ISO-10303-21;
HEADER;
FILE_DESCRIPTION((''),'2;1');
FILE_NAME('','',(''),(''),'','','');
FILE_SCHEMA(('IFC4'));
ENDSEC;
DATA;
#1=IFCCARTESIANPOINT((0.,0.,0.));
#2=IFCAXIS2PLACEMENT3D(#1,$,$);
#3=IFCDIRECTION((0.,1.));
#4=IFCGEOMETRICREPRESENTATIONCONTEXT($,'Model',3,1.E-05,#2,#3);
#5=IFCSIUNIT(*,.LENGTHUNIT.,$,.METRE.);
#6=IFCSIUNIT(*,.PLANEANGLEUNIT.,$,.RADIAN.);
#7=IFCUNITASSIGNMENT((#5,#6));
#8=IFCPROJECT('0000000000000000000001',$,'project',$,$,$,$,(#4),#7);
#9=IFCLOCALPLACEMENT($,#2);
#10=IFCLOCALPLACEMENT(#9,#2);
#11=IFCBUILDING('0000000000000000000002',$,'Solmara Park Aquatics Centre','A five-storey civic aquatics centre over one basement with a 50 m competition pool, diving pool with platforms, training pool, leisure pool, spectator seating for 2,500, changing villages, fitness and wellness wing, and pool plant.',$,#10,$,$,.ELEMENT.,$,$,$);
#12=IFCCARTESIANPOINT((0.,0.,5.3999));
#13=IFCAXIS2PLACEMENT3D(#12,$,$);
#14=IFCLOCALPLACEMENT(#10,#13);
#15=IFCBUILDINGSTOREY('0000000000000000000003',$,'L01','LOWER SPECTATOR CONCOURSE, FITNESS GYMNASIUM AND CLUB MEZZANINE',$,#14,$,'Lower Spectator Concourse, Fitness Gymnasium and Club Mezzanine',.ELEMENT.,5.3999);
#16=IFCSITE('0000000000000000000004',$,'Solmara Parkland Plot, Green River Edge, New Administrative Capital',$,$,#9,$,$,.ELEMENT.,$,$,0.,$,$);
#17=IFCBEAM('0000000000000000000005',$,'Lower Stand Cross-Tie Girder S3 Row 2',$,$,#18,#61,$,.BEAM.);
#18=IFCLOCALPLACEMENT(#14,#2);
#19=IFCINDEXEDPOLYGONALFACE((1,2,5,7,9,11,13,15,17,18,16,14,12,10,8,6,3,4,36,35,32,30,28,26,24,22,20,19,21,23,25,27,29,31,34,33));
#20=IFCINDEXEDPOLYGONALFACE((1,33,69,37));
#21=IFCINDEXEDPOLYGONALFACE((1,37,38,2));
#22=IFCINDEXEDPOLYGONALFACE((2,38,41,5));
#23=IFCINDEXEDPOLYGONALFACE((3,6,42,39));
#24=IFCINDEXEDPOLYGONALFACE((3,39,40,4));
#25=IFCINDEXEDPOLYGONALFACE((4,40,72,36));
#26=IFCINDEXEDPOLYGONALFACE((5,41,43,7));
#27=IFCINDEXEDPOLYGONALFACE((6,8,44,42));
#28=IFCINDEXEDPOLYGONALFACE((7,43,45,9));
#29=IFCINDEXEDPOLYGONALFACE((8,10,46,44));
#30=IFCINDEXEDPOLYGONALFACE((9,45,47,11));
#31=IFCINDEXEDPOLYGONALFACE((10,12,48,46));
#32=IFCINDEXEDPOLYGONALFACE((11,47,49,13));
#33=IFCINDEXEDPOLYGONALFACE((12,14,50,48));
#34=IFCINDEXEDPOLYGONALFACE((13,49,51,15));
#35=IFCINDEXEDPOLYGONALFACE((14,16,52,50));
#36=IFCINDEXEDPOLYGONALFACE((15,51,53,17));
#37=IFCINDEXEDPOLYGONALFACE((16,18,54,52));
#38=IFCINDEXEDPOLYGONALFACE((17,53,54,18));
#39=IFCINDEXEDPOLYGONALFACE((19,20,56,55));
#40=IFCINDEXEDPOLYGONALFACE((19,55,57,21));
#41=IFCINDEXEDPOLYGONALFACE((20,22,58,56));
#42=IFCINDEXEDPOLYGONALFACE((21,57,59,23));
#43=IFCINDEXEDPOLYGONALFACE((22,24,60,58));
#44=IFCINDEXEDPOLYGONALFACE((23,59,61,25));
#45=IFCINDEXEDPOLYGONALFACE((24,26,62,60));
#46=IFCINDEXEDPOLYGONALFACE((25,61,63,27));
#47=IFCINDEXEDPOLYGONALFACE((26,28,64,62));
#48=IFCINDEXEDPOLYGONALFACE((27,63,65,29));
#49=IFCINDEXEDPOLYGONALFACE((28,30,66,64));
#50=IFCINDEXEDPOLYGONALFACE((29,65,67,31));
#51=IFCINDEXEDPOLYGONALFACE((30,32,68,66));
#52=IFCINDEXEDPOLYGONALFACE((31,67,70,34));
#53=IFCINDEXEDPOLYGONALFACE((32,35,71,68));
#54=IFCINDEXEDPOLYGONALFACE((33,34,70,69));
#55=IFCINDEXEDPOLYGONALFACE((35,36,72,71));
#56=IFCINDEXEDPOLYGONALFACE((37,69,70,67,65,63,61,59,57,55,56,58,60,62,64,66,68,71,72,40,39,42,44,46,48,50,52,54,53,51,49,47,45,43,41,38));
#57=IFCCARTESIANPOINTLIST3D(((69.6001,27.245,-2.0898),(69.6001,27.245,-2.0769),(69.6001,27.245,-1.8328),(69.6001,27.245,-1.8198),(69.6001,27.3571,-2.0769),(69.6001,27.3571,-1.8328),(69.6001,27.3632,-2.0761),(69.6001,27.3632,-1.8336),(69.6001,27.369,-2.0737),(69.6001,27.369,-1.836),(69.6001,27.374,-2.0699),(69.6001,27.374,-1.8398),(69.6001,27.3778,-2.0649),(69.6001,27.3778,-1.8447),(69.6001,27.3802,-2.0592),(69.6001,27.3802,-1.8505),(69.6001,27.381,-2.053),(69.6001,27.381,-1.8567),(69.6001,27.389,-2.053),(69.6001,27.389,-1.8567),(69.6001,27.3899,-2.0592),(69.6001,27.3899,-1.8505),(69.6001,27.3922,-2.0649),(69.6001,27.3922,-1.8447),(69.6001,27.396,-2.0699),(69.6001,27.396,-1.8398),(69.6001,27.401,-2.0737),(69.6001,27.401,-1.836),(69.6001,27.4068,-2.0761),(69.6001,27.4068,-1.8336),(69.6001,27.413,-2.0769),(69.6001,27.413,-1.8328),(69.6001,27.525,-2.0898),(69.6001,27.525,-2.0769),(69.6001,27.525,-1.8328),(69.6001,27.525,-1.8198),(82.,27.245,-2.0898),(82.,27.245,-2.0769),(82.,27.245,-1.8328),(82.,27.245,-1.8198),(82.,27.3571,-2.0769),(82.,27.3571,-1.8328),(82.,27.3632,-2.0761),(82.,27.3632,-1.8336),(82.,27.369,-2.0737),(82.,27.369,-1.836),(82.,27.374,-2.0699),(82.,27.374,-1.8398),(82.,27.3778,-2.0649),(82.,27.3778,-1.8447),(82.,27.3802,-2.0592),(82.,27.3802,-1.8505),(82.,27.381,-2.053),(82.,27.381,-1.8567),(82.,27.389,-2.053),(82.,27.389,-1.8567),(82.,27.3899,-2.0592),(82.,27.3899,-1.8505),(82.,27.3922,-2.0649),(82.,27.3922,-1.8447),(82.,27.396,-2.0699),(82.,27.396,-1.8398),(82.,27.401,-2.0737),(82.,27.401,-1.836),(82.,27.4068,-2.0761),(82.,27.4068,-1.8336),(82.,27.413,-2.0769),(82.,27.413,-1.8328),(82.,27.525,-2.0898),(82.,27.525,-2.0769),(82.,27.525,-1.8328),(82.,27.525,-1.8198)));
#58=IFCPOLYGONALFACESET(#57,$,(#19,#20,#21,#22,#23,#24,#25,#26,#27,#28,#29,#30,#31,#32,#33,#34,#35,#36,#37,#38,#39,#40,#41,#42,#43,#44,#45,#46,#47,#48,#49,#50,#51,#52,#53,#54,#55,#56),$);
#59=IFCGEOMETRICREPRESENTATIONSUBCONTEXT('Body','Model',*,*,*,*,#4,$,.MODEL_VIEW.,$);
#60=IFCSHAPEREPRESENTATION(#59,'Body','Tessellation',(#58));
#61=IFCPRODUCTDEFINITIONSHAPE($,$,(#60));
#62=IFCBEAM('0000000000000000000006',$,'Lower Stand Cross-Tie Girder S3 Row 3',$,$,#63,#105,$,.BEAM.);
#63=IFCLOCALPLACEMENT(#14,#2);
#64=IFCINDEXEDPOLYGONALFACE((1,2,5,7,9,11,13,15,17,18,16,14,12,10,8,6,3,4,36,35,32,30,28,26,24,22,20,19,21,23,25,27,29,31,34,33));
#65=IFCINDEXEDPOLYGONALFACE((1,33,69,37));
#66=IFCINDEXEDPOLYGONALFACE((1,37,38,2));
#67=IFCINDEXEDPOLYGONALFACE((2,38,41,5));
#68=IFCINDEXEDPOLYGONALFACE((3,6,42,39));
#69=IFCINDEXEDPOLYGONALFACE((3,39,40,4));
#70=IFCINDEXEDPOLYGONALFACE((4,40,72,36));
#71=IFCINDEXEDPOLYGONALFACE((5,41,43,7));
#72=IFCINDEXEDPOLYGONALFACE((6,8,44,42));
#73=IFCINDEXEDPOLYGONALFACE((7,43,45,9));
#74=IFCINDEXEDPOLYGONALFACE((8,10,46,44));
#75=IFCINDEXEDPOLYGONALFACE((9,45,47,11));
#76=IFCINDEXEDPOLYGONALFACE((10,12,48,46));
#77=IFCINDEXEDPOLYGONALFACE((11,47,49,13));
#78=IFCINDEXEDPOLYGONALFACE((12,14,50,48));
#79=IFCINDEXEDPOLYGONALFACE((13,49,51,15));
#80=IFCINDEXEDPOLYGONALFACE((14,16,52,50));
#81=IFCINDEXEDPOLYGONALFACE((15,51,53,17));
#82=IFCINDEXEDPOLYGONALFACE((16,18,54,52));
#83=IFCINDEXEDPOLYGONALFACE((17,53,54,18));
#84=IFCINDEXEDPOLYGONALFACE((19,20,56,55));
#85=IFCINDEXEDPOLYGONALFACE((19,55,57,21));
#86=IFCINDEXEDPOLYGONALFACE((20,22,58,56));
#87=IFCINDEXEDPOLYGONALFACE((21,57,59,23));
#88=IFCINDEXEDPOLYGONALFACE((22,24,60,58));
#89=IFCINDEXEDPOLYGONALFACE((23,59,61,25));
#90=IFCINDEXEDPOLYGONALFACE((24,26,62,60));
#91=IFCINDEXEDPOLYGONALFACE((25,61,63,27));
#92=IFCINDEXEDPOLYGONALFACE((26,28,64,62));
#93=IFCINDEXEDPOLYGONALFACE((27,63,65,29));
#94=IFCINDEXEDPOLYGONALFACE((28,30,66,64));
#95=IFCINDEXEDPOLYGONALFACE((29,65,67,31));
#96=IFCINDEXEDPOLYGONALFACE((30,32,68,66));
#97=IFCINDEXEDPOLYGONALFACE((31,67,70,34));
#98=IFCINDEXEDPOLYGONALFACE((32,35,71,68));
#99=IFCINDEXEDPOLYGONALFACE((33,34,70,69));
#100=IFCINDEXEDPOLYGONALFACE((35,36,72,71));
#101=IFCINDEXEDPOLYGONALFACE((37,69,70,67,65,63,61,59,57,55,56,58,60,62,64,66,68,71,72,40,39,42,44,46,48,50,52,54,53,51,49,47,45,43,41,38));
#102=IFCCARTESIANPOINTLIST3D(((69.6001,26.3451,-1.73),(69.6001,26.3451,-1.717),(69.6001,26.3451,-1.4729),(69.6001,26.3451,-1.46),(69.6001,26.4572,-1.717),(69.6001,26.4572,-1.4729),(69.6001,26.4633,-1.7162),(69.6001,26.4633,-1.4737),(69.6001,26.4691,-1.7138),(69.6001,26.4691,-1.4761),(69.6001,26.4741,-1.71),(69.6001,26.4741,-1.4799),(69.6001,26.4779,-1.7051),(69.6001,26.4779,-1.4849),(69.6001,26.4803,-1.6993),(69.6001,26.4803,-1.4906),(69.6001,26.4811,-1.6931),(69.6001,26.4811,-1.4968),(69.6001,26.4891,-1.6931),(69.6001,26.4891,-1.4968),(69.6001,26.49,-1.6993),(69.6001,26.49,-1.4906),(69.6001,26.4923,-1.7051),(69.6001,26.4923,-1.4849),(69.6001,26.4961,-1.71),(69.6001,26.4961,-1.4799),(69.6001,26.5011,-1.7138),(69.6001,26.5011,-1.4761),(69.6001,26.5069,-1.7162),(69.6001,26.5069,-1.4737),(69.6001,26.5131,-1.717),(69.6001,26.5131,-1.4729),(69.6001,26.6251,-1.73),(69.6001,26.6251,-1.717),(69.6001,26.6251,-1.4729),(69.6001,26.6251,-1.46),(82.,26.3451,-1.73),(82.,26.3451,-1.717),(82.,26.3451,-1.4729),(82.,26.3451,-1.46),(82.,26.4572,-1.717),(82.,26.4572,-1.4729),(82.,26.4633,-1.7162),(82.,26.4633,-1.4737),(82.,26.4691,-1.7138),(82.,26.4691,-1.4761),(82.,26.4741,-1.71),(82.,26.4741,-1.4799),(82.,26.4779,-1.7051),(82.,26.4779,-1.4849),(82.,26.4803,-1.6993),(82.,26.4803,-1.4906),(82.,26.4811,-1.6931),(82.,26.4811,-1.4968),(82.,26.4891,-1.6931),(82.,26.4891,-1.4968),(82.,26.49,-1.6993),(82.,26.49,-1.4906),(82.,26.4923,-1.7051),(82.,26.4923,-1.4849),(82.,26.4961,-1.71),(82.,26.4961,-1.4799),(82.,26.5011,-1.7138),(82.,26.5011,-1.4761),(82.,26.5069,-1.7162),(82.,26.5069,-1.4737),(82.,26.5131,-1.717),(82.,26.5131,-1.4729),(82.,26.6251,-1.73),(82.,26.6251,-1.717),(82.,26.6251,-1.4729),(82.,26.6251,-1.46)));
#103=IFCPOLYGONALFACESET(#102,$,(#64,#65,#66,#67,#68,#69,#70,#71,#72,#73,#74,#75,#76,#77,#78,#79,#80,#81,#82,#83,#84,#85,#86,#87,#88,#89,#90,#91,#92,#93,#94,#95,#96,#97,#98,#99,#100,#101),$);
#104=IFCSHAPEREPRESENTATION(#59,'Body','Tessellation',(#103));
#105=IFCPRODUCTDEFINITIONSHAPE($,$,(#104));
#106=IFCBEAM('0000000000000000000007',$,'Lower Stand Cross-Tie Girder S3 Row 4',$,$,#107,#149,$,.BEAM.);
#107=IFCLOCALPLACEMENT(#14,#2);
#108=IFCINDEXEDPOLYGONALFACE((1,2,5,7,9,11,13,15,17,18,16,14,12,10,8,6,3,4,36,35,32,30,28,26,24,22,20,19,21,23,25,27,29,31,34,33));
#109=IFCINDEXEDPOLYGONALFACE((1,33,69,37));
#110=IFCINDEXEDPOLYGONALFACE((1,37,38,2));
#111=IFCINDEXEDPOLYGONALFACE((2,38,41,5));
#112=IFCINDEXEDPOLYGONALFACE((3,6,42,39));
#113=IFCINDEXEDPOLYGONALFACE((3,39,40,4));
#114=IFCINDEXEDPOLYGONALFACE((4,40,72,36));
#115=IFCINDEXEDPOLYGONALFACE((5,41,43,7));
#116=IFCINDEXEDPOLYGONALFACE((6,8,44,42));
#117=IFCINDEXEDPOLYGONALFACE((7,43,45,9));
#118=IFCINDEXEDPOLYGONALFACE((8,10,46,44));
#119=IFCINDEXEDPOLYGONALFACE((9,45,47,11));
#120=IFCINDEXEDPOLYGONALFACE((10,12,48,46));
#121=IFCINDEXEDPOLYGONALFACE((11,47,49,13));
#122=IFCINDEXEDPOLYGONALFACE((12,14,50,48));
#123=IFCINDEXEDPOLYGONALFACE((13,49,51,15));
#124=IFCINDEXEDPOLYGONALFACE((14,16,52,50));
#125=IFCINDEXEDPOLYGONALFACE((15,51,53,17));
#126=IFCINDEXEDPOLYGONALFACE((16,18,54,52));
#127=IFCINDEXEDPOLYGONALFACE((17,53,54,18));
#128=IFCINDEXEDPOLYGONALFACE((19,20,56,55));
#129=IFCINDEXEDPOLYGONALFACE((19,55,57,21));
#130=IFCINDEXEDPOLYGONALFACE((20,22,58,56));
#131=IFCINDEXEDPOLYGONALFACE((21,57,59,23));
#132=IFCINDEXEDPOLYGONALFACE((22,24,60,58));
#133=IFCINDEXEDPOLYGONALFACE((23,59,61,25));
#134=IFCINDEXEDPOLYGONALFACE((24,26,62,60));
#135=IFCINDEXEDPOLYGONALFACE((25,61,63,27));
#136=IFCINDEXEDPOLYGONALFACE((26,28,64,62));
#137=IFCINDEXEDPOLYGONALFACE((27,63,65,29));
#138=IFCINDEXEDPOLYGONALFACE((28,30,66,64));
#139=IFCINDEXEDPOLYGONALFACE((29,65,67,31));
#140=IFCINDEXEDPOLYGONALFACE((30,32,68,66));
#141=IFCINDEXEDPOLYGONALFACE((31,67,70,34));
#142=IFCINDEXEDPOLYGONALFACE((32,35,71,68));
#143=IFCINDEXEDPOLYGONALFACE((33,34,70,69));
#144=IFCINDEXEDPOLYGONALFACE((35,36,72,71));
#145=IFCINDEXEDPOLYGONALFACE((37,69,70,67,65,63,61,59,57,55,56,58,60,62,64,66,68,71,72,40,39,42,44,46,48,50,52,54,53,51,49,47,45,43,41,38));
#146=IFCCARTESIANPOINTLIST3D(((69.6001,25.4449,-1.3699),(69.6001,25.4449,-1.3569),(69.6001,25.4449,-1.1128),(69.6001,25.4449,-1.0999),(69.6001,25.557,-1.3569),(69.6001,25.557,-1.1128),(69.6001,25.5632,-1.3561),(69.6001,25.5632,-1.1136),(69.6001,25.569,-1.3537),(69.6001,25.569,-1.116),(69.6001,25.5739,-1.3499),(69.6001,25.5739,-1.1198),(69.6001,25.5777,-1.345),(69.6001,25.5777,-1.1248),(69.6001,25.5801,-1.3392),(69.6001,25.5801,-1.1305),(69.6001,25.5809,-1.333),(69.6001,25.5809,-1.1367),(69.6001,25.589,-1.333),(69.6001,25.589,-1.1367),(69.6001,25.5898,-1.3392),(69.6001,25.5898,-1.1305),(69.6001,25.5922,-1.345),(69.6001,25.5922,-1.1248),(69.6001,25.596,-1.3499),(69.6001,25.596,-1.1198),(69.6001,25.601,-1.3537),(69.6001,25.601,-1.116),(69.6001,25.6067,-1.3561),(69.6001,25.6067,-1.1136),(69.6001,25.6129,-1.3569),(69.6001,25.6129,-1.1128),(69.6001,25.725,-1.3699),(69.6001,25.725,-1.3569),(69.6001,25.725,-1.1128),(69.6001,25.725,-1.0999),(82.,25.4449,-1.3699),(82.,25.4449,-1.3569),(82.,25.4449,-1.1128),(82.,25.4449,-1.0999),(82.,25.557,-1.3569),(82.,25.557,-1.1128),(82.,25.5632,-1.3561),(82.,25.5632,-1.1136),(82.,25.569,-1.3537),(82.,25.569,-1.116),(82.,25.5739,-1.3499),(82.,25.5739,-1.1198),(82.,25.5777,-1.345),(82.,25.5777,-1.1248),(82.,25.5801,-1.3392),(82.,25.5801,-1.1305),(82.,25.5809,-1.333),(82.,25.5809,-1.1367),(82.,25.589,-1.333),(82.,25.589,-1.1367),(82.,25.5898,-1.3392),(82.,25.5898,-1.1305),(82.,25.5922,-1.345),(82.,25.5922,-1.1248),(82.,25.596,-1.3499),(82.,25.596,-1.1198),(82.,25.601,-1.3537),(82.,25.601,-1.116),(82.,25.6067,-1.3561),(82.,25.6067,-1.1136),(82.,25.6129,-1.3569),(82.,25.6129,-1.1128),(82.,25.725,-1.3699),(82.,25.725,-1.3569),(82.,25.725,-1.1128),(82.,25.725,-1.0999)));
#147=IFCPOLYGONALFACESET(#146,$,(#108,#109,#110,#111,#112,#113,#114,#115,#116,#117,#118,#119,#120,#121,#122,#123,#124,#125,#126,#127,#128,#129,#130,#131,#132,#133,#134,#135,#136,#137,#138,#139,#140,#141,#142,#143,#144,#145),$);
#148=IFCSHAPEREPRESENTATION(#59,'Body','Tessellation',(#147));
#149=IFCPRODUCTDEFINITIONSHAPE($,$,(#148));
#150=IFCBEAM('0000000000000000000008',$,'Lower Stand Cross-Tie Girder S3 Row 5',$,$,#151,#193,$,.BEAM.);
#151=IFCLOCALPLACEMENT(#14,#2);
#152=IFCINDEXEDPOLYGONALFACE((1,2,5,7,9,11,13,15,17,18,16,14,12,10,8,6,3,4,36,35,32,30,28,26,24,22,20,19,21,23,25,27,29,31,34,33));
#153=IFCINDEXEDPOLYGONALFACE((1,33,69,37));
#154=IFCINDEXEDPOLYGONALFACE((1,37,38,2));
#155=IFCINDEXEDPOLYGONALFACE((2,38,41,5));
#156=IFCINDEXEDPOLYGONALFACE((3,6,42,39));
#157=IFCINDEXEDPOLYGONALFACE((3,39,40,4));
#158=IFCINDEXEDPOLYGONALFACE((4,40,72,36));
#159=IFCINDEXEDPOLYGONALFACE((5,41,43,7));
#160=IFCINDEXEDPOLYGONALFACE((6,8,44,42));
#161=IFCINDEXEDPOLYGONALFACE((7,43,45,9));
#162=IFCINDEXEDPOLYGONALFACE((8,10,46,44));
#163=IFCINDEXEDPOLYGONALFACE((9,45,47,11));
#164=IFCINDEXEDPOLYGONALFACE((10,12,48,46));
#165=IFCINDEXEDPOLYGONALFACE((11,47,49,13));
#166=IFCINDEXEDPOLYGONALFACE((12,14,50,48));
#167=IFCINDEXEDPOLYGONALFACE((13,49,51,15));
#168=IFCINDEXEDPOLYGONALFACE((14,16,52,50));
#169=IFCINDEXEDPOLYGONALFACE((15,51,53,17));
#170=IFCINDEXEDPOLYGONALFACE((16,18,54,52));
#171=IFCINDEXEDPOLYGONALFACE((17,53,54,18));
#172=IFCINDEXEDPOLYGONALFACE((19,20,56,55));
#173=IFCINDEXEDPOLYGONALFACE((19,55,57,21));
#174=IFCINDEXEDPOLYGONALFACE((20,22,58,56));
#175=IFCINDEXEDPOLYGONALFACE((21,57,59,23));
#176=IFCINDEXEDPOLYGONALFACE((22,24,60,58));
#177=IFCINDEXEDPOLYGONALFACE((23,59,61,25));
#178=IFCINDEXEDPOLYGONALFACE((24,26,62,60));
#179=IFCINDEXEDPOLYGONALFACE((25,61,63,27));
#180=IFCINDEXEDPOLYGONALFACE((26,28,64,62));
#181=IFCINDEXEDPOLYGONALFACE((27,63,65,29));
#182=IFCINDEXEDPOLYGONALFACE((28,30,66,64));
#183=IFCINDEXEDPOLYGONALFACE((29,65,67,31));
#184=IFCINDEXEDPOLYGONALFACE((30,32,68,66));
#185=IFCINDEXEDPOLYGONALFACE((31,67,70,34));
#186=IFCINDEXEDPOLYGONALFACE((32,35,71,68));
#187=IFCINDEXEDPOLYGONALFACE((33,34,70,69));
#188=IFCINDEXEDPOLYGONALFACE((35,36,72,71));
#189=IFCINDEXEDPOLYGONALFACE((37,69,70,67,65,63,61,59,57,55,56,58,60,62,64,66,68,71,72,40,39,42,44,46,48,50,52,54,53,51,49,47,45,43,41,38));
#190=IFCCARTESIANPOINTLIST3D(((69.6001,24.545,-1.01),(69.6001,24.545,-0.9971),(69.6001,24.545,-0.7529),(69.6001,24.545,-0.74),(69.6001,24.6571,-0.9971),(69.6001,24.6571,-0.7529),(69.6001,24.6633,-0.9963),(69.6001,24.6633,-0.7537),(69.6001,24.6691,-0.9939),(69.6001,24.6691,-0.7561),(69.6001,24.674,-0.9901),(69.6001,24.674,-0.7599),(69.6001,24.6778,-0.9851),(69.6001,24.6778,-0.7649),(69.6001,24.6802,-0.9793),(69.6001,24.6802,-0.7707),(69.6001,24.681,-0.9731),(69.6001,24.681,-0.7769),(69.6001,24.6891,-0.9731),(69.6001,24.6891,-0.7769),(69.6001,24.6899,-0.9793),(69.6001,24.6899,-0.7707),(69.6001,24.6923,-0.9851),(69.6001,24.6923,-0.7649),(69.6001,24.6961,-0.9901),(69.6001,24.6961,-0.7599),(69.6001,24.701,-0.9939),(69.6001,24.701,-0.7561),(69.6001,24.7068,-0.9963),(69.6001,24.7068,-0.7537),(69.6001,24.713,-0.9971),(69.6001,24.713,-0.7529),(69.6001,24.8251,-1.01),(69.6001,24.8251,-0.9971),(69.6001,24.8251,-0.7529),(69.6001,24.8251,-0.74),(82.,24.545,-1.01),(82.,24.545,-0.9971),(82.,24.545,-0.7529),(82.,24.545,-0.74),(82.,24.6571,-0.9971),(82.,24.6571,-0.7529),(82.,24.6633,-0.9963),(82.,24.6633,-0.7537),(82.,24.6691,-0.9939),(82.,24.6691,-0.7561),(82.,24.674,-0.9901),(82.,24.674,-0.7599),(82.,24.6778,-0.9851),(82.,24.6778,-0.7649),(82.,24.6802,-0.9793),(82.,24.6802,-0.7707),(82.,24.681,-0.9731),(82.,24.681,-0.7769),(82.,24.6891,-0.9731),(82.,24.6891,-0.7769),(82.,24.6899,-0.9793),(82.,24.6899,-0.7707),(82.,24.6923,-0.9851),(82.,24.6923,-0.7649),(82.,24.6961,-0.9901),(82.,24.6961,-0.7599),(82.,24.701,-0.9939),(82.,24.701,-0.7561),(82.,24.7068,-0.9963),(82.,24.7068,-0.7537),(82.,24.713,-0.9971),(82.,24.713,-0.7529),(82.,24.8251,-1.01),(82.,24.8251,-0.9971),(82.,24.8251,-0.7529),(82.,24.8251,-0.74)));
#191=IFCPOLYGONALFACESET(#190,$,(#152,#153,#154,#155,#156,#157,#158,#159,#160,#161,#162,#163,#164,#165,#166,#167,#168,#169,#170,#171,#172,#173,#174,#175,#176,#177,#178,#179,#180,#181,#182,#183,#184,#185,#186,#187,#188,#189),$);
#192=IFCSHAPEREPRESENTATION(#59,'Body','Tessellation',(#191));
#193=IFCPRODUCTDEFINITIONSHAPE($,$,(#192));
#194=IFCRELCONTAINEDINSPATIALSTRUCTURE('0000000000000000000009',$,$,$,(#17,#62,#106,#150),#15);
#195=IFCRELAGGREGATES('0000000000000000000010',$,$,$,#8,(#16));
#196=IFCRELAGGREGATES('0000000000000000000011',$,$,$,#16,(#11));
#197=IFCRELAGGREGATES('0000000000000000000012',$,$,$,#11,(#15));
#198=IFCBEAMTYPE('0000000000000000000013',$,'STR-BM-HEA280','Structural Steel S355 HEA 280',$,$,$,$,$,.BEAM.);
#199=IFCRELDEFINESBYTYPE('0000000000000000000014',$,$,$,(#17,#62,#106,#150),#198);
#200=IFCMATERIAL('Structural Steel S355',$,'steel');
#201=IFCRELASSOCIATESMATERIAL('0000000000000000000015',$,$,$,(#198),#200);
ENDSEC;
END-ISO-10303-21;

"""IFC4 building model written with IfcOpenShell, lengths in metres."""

from ifc_helpers import new_model, si_unit, direction, frame, origin, origin_2d, place, context, subcontext, project, spatial, i_section, extrude, material, material_profile, profile_set, type_object, element, save


model = new_model("IFC4")

# Units and contexts
model_context = context("Model", 3, precision=1e-05, world=origin(), true_north=direction((0.0, 1.0)))
body_context = subcontext(model_context, "Body", "Model", "MODEL_VIEW")
ifc_project = project(units=[si_unit("LENGTHUNIT", "METRE"), si_unit("PLANEANGLEUNIT", "RADIAN")], contexts=[model_context])

# Site, building, storey
site_placement = place(None, origin())
site = spatial("IfcSite", under=ifc_project, at=site_placement, Name="Solmara Parkland Plot, Green River Edge, New Administrative Capital", CompositionType="ELEMENT", RefElevation=0.0)
building_placement = place(site_placement, origin())
building = spatial("IfcBuilding", under=site, at=building_placement, Name="Solmara Park Aquatics Centre", Description="A five-storey civic aquatics centre over one basement with a 50 m competition pool, diving pool with platforms, training pool, leisure pool, spectator seating for 2,500, changing villages, fitness and wellness wing, and pool plant.", CompositionType="ELEMENT")
storey_placement = place(building_placement, frame((0.0, 0.0, 5.3999)))
storey = spatial("IfcBuildingStorey", under=building, at=storey_placement, Name="L01", Description="LOWER SPECTATOR CONCOURSE, FITNESS GYMNASIUM AND CLUB MEZZANINE", LongName="Lower Spectator Concourse, Fitness Gymnasium and Club Mezzanine", CompositionType="ELEMENT", Elevation=5.3999)

# Shared definitions
ifc_material_1 = material(Name="Structural Steel S355", Category="steel")

# Beams
ifc_material_profile_1 = material_profile(ifc_material_1, i_section(OverallWidth=0.28, OverallDepth=0.27, WebThickness=0.0081, FlangeThickness=0.0129, FilletRadius=0.0239, at=origin_2d()), Name="HEA 280")
ifc_profile_set_1 = profile_set([ifc_material_profile_1], Name="Structural Steel S355")
beam_type_1 = type_object("IfcBeamType", Name="STR-BM-HEA280", Description="Structural Steel S355 HEA 280", PredefinedType="BEAM", material=ifc_profile_set_1)
for number, where, z_axis, x_axis, name in (
    (1, (69.6001, 27.385, -1.9548), (1.0, 0.0, 0.0), (0.0, 1.0, 0.0), "Lower Stand Cross-Tie Girder S3 Row 2"),
    (2, (69.6001, 26.4851, -1.595), (1.0, 0.0, 0.0), (0.0, 1.0, 0.0), "Lower Stand Cross-Tie Girder S3 Row 3"),
    (3, (69.6001, 25.585, -1.2349), (1.0, 0.0, 0.0), (0.0, 1.0, 0.0), "Lower Stand Cross-Tie Girder S3 Row 4"),
    (4, (69.6001, 24.6851, -0.875), (1.0, 0.0, 0.0), (0.0, 1.0, 0.0), "Lower Stand Cross-Tie Girder S3 Row 5"),
):
    element("IfcBeam", number, at=place(storey_placement, frame(where, z_axis=z_axis, x_axis=x_axis)), inside=storey, type_object=beam_type_1, Name=name, PredefinedType="BEAM", context=body_context, shape_type="SweptSolid", body=[
        extrude(i_section(OverallWidth=0.28, OverallDepth=0.27, WebThickness=0.0081, FlangeThickness=0.0129, FilletRadius=0.0239, at=origin_2d()), origin(), (0.0, 0.0, 1.0), 12.3999),
    ])

save(model, "model.ifc")
